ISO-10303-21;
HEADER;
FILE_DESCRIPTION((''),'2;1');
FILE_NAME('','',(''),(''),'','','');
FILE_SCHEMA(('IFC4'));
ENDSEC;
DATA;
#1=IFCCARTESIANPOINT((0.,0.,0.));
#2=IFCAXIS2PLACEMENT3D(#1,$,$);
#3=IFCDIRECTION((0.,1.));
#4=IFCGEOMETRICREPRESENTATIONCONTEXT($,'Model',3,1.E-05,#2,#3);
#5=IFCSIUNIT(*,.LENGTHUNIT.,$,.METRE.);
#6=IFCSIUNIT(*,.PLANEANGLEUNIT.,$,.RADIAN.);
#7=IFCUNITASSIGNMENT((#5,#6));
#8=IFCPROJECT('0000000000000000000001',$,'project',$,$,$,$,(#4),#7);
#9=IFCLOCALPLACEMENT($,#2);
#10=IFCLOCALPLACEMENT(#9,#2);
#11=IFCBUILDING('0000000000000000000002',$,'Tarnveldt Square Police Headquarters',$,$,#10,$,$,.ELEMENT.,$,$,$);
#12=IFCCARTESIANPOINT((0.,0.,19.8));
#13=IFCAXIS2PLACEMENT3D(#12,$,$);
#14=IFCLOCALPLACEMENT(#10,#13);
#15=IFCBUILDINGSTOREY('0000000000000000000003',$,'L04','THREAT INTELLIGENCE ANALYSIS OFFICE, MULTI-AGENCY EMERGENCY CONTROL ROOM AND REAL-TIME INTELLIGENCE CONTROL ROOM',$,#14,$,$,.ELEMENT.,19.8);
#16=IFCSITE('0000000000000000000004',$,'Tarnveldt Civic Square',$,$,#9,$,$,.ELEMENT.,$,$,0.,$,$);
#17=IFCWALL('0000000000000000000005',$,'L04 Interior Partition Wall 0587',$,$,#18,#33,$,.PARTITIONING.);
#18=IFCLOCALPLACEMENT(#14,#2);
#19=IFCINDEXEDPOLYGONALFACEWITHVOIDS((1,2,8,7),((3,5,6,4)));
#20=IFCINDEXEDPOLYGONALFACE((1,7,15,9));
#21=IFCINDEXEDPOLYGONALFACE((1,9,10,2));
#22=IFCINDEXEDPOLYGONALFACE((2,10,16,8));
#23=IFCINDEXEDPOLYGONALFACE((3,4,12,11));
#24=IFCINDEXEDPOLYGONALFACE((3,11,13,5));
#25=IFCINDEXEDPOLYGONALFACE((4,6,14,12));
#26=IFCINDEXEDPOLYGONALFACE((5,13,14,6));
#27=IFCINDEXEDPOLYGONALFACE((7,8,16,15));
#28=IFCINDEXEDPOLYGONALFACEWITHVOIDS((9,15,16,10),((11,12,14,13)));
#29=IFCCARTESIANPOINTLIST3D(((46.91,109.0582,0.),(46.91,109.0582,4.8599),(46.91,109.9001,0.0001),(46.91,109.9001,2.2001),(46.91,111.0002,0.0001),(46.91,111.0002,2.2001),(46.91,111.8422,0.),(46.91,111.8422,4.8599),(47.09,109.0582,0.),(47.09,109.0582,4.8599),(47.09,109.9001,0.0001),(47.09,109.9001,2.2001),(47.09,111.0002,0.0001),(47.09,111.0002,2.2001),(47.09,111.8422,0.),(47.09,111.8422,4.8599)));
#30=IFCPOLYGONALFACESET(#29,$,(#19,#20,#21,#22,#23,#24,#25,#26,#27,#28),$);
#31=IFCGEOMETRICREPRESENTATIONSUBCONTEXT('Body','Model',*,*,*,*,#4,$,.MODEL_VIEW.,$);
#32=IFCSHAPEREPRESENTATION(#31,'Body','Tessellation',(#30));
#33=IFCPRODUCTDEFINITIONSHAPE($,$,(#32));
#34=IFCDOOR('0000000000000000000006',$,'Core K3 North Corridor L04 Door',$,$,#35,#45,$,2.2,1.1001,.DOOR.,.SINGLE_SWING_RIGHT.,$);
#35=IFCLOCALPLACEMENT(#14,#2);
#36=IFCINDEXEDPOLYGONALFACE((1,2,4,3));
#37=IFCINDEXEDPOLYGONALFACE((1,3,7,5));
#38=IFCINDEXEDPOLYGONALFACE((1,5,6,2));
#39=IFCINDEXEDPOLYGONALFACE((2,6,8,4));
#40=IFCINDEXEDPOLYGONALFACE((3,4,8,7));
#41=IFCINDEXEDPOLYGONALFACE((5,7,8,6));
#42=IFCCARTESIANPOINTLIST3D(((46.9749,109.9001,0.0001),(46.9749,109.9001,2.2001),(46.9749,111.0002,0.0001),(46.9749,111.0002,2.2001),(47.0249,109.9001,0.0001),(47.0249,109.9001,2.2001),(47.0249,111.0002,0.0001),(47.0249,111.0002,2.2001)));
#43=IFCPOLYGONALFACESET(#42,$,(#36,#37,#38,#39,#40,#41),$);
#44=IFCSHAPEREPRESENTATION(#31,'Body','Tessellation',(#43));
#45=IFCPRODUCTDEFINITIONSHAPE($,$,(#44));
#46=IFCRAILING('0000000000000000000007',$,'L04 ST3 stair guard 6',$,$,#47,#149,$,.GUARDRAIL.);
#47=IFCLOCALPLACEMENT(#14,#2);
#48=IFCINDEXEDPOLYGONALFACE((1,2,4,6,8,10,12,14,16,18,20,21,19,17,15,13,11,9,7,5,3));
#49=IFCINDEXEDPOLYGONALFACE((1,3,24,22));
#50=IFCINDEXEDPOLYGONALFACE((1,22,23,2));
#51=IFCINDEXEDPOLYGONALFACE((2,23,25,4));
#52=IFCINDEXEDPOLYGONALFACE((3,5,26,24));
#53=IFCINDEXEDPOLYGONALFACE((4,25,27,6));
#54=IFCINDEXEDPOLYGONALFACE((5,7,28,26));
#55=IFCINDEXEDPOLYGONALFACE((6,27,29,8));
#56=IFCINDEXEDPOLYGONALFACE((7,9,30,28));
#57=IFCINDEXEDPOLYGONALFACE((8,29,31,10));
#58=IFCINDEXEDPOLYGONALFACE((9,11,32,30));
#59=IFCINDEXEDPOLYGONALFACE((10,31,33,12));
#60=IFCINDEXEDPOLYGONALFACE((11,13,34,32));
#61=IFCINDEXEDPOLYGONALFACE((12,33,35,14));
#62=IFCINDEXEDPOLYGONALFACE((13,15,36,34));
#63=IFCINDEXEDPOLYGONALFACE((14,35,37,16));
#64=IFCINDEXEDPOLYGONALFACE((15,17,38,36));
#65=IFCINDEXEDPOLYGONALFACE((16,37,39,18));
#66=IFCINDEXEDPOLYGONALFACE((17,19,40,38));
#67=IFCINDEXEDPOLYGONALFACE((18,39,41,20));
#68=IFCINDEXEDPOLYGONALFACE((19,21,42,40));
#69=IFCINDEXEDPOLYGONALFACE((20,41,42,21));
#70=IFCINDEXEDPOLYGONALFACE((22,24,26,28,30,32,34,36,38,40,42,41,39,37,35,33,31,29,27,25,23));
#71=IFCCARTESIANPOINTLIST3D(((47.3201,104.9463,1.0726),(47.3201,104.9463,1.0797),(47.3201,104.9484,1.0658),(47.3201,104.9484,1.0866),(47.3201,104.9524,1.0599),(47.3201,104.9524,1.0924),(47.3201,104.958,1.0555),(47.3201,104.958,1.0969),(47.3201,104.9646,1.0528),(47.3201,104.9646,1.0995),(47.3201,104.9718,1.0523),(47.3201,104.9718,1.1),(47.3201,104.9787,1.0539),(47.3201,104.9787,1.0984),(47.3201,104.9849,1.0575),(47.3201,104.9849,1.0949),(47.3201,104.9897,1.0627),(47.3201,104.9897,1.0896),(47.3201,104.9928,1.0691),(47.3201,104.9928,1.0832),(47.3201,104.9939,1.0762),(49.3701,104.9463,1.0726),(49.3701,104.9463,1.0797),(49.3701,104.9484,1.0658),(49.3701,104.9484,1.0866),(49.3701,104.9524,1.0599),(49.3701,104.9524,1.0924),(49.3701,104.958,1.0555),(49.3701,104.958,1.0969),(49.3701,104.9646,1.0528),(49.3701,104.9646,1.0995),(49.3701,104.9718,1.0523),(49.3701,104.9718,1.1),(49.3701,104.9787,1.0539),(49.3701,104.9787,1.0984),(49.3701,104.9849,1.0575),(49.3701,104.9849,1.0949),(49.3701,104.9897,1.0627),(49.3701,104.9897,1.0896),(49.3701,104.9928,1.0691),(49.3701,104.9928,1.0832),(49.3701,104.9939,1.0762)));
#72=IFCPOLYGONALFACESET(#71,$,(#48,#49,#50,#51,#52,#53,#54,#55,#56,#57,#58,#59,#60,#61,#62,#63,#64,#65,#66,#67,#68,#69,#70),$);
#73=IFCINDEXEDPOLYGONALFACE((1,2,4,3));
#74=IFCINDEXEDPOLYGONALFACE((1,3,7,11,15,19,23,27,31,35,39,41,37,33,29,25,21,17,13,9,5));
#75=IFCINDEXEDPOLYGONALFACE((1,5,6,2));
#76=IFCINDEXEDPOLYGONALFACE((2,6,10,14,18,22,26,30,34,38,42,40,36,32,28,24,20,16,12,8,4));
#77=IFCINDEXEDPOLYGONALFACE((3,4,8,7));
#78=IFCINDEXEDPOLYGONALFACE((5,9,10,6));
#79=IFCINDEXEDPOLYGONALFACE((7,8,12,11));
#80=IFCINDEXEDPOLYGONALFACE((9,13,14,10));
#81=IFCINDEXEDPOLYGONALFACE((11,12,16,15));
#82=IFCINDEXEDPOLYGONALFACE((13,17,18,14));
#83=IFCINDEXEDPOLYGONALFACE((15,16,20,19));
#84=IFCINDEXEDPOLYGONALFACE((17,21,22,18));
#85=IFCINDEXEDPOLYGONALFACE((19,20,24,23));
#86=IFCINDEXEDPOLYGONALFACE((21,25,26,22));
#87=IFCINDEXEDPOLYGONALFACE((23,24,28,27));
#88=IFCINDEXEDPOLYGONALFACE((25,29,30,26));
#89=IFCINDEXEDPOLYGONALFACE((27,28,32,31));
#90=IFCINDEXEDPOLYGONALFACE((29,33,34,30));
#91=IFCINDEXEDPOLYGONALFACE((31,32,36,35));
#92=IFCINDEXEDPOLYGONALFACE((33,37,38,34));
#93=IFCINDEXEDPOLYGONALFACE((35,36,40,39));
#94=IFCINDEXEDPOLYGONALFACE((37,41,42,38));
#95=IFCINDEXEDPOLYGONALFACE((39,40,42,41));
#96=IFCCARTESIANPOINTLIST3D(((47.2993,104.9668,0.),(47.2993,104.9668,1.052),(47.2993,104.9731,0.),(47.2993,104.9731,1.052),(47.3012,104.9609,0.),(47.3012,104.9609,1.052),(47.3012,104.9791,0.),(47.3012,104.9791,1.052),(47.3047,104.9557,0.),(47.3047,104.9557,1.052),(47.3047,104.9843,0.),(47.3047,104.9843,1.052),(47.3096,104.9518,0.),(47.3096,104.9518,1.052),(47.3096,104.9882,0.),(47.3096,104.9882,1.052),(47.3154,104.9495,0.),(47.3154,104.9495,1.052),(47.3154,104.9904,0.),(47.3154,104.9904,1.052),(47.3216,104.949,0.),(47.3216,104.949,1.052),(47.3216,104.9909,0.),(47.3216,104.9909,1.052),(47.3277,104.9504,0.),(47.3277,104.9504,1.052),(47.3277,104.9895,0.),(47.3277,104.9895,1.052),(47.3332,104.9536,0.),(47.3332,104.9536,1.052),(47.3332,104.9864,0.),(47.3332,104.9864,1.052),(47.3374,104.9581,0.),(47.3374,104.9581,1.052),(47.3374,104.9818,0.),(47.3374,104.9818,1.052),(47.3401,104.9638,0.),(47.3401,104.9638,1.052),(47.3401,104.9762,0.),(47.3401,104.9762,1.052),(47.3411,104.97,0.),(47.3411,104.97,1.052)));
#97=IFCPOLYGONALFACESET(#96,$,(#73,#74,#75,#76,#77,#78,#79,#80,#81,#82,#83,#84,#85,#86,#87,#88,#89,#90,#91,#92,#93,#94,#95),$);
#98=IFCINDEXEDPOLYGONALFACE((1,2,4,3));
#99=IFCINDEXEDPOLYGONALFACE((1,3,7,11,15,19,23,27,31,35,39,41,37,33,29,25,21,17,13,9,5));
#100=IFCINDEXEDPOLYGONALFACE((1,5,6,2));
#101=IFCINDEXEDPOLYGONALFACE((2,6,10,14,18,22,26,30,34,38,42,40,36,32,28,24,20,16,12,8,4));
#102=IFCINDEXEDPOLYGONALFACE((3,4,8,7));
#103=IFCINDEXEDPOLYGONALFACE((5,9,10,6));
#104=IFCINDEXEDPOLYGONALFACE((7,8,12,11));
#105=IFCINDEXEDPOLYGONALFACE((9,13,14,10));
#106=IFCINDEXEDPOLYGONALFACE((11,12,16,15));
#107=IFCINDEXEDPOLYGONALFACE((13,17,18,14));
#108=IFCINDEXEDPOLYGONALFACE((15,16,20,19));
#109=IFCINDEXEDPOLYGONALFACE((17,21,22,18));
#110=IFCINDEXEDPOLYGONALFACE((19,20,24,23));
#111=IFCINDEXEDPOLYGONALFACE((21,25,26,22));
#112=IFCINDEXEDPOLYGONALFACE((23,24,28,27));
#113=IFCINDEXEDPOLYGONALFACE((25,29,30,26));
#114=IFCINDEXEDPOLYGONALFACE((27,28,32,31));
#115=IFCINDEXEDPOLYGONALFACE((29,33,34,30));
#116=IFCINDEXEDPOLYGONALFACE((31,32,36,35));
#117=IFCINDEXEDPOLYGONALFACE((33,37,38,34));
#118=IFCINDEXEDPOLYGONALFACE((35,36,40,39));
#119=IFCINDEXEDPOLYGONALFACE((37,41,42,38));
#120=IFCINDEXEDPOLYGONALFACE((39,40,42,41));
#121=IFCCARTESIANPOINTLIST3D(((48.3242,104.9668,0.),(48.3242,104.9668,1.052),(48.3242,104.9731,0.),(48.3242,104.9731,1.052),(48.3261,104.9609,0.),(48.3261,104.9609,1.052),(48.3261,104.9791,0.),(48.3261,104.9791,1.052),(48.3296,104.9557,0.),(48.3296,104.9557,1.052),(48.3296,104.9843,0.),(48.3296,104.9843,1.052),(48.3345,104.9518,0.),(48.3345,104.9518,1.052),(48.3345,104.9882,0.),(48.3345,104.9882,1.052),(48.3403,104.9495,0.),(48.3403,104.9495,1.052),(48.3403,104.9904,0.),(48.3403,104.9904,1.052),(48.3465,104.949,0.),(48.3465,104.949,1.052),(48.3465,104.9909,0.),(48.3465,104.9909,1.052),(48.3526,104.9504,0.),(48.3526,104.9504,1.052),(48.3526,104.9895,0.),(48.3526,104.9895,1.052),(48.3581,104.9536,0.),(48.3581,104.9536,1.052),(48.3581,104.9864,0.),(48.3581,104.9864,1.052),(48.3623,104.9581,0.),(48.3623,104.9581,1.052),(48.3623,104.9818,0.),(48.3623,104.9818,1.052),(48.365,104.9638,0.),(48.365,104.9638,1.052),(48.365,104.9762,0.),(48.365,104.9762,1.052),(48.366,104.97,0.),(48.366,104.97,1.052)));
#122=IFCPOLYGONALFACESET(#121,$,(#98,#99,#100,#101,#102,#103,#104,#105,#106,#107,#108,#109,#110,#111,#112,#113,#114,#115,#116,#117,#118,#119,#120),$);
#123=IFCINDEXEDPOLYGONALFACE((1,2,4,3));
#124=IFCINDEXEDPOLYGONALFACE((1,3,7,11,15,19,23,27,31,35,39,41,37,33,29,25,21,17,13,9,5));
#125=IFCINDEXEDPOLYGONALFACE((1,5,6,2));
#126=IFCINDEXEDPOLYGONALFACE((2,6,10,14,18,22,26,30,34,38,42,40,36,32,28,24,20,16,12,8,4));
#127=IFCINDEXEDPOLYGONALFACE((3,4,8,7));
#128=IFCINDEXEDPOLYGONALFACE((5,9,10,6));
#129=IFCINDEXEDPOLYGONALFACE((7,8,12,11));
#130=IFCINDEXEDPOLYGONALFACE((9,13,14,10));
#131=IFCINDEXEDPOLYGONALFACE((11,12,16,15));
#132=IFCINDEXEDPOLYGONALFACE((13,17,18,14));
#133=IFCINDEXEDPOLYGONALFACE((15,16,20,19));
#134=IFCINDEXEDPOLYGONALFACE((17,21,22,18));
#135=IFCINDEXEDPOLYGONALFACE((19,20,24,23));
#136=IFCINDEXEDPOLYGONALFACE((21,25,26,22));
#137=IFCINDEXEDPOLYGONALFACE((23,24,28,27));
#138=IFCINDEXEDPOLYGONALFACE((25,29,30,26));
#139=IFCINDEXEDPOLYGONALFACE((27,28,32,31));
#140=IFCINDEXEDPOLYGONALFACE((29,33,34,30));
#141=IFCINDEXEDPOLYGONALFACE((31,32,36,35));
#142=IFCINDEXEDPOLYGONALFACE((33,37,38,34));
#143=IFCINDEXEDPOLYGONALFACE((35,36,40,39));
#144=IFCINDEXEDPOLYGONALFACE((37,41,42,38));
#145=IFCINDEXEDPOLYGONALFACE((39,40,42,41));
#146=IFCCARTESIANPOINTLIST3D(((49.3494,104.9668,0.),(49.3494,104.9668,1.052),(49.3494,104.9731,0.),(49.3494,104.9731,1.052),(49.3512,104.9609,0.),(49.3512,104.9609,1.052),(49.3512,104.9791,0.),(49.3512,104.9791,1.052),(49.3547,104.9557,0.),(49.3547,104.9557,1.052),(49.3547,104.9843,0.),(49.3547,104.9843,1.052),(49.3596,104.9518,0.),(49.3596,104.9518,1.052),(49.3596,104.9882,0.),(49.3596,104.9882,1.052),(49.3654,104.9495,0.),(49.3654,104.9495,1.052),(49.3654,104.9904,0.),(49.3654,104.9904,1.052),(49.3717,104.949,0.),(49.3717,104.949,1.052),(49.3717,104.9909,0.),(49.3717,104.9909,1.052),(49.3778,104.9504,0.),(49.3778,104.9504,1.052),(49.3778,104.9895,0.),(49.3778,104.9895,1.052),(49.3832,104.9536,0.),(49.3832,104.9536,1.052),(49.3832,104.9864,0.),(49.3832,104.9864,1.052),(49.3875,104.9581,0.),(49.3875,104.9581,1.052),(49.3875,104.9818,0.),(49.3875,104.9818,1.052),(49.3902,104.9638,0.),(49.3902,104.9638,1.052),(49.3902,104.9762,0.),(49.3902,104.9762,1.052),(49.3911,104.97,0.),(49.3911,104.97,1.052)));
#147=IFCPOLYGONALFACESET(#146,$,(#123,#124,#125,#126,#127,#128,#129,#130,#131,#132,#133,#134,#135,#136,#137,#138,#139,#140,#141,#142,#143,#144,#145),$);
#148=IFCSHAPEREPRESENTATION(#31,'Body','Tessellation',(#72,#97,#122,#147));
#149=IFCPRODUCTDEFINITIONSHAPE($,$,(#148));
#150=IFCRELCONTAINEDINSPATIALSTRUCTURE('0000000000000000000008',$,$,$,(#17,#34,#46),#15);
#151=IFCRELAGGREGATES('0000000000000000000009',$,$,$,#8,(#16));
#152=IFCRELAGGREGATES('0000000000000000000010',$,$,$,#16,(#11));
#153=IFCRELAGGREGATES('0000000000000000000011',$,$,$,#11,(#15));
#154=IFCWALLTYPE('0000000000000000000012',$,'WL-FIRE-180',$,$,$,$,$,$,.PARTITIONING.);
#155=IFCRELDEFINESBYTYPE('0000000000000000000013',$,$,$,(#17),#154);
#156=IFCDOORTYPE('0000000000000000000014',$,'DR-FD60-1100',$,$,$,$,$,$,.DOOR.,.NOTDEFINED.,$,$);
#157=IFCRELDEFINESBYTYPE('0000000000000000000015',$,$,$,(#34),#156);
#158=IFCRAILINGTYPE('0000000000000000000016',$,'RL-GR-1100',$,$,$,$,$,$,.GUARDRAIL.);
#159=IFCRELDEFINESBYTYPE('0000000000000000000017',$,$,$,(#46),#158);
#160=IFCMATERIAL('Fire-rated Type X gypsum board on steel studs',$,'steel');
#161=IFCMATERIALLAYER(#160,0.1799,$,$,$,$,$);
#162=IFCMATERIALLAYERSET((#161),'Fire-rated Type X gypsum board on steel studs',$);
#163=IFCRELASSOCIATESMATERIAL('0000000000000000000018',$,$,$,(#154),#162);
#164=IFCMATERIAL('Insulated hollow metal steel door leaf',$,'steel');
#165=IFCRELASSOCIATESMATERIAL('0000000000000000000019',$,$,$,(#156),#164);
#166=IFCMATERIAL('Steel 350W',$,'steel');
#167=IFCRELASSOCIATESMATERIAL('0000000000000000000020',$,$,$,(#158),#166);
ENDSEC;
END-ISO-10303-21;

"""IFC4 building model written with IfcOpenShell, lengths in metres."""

from ifc_helpers import new_model, si_unit, direction, frame, frame_2d, origin, origin_2d, place, context, subcontext, project, spatial, rectangle, circle, extrude, material, layer, layer_set, type_object, element, fill, save


model = new_model("IFC4")

# Units and contexts
model_context = context("Model", 3, precision=1e-05, world=origin(), true_north=direction((0.0, 1.0)))
body_context = subcontext(model_context, "Body", "Model", "MODEL_VIEW")
ifc_project = project(units=[si_unit("LENGTHUNIT", "METRE"), si_unit("PLANEANGLEUNIT", "RADIAN")], contexts=[model_context])

# Site, building, storey
site_placement = place(None, origin())
site = spatial("IfcSite", under=ifc_project, at=site_placement, Name="Tarnveldt Civic Square", CompositionType="ELEMENT", RefElevation=0.0)
building_placement = place(site_placement, origin())
building = spatial("IfcBuilding", under=site, at=building_placement, Name="Tarnveldt Square Police Headquarters", CompositionType="ELEMENT")
storey_placement = place(building_placement, frame((0.0, 0.0, 19.8)))
storey = spatial("IfcBuildingStorey", under=building, at=storey_placement, Name="L04", Description="THREAT INTELLIGENCE ANALYSIS OFFICE, MULTI-AGENCY EMERGENCY CONTROL ROOM AND REAL-TIME INTELLIGENCE CONTROL ROOM", CompositionType="ELEMENT", Elevation=19.8)

# Shared definitions
ifc_material_1 = material(Name="Steel 350W", Category="steel")

# Shared definitions
ifc_material_2 = material(Name="Insulated hollow metal steel door leaf", Category="steel")

# Wall, opening, door
ifc_material_3 = material(Name="Fire-rated Type X gypsum board on steel studs", Category="steel")
ifc_layer_1 = layer(ifc_material_3, 0.1799)
ifc_layer_set_1 = layer_set([ifc_layer_1], Name="Fire-rated Type X gypsum board on steel studs")
wall_type_1 = type_object("IfcWallType", Name="WL-FIRE-180", PredefinedType="PARTITIONING", material=ifc_layer_set_1)
door_type_1 = type_object("IfcDoorType", Name="DR-FD60-1100", OperationType="NOTDEFINED", PredefinedType="DOOR", material=ifc_material_2)
wall_1_placement = place(storey_placement, frame((47.0, 109.0581, 0.0), z_axis=(0.0, 0.0, 1.0), x_axis=(0.0, 1.0, 0.0)))
wall_1 = element("IfcWall", 1, at=wall_1_placement, inside=storey, type_object=wall_type_1, Name="L04 Interior Partition Wall 0587", PredefinedType="PARTITIONING", context=body_context, shape_type="SweptSolid", body=[
    extrude(rectangle(XDim=2.7839, YDim=0.1799, at=frame_2d((1.3921, 0.0))), origin(), (0.0, 0.0, 1.0), 4.8599),
])
opening_1_placement = place(wall_1_placement, frame((0.842, 0.0, 0.0)))
opening_1 = element("IfcOpeningElement", 2, at=opening_1_placement, cuts=wall_1, PredefinedType="OPENING", context=body_context, shape_type="SweptSolid", body=[
    extrude(rectangle(XDim=1.1001, YDim=2.2, at=frame_2d((0.55, 1.1001))), frame((0.0, 0.0999, 0.0), z_axis=(0.0, -1.0, 0.0), x_axis=(1.0, 0.0, 0.0)), (0.0, 0.0, 1.0), 0.2),
])
door_1_placement = place(opening_1_placement, frame((1.1001, 0.0, 0.0), z_axis=(0.0, 0.0, 1.0), x_axis=(-1.0, 0.0, 0.0)))
door_1 = element("IfcDoor", 3, at=door_1_placement, inside=storey, type_object=door_type_1, Name="Core K3 North Corridor L04 Door", OperationType="SINGLE_SWING_RIGHT", OverallHeight=2.2, OverallWidth=1.1001, PredefinedType="DOOR", context=body_context, shape_type="SweptSolid", body=[
    extrude(rectangle(XDim=1.1001, YDim=2.2, at=frame_2d((0.55, 1.1001))), frame((0.0, 0.0249, 0.0), z_axis=(0.0, -1.0, 0.0), x_axis=(1.0, 0.0, 0.0)), (0.0, 0.0, 1.0), 0.05),
])
fill(opening_1, door_1)

# Railing
railing_type = type_object("IfcRailingType", Name="RL-GR-1100", PredefinedType="GUARDRAIL", material=ifc_material_1)
railing_placement = place(storey_placement, frame((47.3201, 104.97, 0.0)))
element("IfcRailing", 4, at=railing_placement, inside=storey, type_object=railing_type, Name="L04 ST3 stair guard 6", PredefinedType="GUARDRAIL", context=body_context, shape_type="SweptSolid", body=[
    extrude(circle(Radius=0.0239, at=origin_2d()), frame((0.0, 0.0, 1.0762), z_axis=(1.0, 0.0, 0.0), x_axis=(0.0, 1.0, 0.0)), (0.0, 0.0, 1.0), 2.05),
    extrude(circle(Radius=0.021, at=origin_2d()), origin(), (0.0, 0.0, 1.0), 1.052),
    extrude(circle(Radius=0.021, at=origin_2d()), frame((1.0249, 0.0, 0.0)), (0.0, 0.0, 1.0), 1.052),
    extrude(circle(Radius=0.021, at=origin_2d()), frame((2.05, 0.0, 0.0)), (0.0, 0.0, 1.0), 1.052),
])

save(model, "model.ifc")
